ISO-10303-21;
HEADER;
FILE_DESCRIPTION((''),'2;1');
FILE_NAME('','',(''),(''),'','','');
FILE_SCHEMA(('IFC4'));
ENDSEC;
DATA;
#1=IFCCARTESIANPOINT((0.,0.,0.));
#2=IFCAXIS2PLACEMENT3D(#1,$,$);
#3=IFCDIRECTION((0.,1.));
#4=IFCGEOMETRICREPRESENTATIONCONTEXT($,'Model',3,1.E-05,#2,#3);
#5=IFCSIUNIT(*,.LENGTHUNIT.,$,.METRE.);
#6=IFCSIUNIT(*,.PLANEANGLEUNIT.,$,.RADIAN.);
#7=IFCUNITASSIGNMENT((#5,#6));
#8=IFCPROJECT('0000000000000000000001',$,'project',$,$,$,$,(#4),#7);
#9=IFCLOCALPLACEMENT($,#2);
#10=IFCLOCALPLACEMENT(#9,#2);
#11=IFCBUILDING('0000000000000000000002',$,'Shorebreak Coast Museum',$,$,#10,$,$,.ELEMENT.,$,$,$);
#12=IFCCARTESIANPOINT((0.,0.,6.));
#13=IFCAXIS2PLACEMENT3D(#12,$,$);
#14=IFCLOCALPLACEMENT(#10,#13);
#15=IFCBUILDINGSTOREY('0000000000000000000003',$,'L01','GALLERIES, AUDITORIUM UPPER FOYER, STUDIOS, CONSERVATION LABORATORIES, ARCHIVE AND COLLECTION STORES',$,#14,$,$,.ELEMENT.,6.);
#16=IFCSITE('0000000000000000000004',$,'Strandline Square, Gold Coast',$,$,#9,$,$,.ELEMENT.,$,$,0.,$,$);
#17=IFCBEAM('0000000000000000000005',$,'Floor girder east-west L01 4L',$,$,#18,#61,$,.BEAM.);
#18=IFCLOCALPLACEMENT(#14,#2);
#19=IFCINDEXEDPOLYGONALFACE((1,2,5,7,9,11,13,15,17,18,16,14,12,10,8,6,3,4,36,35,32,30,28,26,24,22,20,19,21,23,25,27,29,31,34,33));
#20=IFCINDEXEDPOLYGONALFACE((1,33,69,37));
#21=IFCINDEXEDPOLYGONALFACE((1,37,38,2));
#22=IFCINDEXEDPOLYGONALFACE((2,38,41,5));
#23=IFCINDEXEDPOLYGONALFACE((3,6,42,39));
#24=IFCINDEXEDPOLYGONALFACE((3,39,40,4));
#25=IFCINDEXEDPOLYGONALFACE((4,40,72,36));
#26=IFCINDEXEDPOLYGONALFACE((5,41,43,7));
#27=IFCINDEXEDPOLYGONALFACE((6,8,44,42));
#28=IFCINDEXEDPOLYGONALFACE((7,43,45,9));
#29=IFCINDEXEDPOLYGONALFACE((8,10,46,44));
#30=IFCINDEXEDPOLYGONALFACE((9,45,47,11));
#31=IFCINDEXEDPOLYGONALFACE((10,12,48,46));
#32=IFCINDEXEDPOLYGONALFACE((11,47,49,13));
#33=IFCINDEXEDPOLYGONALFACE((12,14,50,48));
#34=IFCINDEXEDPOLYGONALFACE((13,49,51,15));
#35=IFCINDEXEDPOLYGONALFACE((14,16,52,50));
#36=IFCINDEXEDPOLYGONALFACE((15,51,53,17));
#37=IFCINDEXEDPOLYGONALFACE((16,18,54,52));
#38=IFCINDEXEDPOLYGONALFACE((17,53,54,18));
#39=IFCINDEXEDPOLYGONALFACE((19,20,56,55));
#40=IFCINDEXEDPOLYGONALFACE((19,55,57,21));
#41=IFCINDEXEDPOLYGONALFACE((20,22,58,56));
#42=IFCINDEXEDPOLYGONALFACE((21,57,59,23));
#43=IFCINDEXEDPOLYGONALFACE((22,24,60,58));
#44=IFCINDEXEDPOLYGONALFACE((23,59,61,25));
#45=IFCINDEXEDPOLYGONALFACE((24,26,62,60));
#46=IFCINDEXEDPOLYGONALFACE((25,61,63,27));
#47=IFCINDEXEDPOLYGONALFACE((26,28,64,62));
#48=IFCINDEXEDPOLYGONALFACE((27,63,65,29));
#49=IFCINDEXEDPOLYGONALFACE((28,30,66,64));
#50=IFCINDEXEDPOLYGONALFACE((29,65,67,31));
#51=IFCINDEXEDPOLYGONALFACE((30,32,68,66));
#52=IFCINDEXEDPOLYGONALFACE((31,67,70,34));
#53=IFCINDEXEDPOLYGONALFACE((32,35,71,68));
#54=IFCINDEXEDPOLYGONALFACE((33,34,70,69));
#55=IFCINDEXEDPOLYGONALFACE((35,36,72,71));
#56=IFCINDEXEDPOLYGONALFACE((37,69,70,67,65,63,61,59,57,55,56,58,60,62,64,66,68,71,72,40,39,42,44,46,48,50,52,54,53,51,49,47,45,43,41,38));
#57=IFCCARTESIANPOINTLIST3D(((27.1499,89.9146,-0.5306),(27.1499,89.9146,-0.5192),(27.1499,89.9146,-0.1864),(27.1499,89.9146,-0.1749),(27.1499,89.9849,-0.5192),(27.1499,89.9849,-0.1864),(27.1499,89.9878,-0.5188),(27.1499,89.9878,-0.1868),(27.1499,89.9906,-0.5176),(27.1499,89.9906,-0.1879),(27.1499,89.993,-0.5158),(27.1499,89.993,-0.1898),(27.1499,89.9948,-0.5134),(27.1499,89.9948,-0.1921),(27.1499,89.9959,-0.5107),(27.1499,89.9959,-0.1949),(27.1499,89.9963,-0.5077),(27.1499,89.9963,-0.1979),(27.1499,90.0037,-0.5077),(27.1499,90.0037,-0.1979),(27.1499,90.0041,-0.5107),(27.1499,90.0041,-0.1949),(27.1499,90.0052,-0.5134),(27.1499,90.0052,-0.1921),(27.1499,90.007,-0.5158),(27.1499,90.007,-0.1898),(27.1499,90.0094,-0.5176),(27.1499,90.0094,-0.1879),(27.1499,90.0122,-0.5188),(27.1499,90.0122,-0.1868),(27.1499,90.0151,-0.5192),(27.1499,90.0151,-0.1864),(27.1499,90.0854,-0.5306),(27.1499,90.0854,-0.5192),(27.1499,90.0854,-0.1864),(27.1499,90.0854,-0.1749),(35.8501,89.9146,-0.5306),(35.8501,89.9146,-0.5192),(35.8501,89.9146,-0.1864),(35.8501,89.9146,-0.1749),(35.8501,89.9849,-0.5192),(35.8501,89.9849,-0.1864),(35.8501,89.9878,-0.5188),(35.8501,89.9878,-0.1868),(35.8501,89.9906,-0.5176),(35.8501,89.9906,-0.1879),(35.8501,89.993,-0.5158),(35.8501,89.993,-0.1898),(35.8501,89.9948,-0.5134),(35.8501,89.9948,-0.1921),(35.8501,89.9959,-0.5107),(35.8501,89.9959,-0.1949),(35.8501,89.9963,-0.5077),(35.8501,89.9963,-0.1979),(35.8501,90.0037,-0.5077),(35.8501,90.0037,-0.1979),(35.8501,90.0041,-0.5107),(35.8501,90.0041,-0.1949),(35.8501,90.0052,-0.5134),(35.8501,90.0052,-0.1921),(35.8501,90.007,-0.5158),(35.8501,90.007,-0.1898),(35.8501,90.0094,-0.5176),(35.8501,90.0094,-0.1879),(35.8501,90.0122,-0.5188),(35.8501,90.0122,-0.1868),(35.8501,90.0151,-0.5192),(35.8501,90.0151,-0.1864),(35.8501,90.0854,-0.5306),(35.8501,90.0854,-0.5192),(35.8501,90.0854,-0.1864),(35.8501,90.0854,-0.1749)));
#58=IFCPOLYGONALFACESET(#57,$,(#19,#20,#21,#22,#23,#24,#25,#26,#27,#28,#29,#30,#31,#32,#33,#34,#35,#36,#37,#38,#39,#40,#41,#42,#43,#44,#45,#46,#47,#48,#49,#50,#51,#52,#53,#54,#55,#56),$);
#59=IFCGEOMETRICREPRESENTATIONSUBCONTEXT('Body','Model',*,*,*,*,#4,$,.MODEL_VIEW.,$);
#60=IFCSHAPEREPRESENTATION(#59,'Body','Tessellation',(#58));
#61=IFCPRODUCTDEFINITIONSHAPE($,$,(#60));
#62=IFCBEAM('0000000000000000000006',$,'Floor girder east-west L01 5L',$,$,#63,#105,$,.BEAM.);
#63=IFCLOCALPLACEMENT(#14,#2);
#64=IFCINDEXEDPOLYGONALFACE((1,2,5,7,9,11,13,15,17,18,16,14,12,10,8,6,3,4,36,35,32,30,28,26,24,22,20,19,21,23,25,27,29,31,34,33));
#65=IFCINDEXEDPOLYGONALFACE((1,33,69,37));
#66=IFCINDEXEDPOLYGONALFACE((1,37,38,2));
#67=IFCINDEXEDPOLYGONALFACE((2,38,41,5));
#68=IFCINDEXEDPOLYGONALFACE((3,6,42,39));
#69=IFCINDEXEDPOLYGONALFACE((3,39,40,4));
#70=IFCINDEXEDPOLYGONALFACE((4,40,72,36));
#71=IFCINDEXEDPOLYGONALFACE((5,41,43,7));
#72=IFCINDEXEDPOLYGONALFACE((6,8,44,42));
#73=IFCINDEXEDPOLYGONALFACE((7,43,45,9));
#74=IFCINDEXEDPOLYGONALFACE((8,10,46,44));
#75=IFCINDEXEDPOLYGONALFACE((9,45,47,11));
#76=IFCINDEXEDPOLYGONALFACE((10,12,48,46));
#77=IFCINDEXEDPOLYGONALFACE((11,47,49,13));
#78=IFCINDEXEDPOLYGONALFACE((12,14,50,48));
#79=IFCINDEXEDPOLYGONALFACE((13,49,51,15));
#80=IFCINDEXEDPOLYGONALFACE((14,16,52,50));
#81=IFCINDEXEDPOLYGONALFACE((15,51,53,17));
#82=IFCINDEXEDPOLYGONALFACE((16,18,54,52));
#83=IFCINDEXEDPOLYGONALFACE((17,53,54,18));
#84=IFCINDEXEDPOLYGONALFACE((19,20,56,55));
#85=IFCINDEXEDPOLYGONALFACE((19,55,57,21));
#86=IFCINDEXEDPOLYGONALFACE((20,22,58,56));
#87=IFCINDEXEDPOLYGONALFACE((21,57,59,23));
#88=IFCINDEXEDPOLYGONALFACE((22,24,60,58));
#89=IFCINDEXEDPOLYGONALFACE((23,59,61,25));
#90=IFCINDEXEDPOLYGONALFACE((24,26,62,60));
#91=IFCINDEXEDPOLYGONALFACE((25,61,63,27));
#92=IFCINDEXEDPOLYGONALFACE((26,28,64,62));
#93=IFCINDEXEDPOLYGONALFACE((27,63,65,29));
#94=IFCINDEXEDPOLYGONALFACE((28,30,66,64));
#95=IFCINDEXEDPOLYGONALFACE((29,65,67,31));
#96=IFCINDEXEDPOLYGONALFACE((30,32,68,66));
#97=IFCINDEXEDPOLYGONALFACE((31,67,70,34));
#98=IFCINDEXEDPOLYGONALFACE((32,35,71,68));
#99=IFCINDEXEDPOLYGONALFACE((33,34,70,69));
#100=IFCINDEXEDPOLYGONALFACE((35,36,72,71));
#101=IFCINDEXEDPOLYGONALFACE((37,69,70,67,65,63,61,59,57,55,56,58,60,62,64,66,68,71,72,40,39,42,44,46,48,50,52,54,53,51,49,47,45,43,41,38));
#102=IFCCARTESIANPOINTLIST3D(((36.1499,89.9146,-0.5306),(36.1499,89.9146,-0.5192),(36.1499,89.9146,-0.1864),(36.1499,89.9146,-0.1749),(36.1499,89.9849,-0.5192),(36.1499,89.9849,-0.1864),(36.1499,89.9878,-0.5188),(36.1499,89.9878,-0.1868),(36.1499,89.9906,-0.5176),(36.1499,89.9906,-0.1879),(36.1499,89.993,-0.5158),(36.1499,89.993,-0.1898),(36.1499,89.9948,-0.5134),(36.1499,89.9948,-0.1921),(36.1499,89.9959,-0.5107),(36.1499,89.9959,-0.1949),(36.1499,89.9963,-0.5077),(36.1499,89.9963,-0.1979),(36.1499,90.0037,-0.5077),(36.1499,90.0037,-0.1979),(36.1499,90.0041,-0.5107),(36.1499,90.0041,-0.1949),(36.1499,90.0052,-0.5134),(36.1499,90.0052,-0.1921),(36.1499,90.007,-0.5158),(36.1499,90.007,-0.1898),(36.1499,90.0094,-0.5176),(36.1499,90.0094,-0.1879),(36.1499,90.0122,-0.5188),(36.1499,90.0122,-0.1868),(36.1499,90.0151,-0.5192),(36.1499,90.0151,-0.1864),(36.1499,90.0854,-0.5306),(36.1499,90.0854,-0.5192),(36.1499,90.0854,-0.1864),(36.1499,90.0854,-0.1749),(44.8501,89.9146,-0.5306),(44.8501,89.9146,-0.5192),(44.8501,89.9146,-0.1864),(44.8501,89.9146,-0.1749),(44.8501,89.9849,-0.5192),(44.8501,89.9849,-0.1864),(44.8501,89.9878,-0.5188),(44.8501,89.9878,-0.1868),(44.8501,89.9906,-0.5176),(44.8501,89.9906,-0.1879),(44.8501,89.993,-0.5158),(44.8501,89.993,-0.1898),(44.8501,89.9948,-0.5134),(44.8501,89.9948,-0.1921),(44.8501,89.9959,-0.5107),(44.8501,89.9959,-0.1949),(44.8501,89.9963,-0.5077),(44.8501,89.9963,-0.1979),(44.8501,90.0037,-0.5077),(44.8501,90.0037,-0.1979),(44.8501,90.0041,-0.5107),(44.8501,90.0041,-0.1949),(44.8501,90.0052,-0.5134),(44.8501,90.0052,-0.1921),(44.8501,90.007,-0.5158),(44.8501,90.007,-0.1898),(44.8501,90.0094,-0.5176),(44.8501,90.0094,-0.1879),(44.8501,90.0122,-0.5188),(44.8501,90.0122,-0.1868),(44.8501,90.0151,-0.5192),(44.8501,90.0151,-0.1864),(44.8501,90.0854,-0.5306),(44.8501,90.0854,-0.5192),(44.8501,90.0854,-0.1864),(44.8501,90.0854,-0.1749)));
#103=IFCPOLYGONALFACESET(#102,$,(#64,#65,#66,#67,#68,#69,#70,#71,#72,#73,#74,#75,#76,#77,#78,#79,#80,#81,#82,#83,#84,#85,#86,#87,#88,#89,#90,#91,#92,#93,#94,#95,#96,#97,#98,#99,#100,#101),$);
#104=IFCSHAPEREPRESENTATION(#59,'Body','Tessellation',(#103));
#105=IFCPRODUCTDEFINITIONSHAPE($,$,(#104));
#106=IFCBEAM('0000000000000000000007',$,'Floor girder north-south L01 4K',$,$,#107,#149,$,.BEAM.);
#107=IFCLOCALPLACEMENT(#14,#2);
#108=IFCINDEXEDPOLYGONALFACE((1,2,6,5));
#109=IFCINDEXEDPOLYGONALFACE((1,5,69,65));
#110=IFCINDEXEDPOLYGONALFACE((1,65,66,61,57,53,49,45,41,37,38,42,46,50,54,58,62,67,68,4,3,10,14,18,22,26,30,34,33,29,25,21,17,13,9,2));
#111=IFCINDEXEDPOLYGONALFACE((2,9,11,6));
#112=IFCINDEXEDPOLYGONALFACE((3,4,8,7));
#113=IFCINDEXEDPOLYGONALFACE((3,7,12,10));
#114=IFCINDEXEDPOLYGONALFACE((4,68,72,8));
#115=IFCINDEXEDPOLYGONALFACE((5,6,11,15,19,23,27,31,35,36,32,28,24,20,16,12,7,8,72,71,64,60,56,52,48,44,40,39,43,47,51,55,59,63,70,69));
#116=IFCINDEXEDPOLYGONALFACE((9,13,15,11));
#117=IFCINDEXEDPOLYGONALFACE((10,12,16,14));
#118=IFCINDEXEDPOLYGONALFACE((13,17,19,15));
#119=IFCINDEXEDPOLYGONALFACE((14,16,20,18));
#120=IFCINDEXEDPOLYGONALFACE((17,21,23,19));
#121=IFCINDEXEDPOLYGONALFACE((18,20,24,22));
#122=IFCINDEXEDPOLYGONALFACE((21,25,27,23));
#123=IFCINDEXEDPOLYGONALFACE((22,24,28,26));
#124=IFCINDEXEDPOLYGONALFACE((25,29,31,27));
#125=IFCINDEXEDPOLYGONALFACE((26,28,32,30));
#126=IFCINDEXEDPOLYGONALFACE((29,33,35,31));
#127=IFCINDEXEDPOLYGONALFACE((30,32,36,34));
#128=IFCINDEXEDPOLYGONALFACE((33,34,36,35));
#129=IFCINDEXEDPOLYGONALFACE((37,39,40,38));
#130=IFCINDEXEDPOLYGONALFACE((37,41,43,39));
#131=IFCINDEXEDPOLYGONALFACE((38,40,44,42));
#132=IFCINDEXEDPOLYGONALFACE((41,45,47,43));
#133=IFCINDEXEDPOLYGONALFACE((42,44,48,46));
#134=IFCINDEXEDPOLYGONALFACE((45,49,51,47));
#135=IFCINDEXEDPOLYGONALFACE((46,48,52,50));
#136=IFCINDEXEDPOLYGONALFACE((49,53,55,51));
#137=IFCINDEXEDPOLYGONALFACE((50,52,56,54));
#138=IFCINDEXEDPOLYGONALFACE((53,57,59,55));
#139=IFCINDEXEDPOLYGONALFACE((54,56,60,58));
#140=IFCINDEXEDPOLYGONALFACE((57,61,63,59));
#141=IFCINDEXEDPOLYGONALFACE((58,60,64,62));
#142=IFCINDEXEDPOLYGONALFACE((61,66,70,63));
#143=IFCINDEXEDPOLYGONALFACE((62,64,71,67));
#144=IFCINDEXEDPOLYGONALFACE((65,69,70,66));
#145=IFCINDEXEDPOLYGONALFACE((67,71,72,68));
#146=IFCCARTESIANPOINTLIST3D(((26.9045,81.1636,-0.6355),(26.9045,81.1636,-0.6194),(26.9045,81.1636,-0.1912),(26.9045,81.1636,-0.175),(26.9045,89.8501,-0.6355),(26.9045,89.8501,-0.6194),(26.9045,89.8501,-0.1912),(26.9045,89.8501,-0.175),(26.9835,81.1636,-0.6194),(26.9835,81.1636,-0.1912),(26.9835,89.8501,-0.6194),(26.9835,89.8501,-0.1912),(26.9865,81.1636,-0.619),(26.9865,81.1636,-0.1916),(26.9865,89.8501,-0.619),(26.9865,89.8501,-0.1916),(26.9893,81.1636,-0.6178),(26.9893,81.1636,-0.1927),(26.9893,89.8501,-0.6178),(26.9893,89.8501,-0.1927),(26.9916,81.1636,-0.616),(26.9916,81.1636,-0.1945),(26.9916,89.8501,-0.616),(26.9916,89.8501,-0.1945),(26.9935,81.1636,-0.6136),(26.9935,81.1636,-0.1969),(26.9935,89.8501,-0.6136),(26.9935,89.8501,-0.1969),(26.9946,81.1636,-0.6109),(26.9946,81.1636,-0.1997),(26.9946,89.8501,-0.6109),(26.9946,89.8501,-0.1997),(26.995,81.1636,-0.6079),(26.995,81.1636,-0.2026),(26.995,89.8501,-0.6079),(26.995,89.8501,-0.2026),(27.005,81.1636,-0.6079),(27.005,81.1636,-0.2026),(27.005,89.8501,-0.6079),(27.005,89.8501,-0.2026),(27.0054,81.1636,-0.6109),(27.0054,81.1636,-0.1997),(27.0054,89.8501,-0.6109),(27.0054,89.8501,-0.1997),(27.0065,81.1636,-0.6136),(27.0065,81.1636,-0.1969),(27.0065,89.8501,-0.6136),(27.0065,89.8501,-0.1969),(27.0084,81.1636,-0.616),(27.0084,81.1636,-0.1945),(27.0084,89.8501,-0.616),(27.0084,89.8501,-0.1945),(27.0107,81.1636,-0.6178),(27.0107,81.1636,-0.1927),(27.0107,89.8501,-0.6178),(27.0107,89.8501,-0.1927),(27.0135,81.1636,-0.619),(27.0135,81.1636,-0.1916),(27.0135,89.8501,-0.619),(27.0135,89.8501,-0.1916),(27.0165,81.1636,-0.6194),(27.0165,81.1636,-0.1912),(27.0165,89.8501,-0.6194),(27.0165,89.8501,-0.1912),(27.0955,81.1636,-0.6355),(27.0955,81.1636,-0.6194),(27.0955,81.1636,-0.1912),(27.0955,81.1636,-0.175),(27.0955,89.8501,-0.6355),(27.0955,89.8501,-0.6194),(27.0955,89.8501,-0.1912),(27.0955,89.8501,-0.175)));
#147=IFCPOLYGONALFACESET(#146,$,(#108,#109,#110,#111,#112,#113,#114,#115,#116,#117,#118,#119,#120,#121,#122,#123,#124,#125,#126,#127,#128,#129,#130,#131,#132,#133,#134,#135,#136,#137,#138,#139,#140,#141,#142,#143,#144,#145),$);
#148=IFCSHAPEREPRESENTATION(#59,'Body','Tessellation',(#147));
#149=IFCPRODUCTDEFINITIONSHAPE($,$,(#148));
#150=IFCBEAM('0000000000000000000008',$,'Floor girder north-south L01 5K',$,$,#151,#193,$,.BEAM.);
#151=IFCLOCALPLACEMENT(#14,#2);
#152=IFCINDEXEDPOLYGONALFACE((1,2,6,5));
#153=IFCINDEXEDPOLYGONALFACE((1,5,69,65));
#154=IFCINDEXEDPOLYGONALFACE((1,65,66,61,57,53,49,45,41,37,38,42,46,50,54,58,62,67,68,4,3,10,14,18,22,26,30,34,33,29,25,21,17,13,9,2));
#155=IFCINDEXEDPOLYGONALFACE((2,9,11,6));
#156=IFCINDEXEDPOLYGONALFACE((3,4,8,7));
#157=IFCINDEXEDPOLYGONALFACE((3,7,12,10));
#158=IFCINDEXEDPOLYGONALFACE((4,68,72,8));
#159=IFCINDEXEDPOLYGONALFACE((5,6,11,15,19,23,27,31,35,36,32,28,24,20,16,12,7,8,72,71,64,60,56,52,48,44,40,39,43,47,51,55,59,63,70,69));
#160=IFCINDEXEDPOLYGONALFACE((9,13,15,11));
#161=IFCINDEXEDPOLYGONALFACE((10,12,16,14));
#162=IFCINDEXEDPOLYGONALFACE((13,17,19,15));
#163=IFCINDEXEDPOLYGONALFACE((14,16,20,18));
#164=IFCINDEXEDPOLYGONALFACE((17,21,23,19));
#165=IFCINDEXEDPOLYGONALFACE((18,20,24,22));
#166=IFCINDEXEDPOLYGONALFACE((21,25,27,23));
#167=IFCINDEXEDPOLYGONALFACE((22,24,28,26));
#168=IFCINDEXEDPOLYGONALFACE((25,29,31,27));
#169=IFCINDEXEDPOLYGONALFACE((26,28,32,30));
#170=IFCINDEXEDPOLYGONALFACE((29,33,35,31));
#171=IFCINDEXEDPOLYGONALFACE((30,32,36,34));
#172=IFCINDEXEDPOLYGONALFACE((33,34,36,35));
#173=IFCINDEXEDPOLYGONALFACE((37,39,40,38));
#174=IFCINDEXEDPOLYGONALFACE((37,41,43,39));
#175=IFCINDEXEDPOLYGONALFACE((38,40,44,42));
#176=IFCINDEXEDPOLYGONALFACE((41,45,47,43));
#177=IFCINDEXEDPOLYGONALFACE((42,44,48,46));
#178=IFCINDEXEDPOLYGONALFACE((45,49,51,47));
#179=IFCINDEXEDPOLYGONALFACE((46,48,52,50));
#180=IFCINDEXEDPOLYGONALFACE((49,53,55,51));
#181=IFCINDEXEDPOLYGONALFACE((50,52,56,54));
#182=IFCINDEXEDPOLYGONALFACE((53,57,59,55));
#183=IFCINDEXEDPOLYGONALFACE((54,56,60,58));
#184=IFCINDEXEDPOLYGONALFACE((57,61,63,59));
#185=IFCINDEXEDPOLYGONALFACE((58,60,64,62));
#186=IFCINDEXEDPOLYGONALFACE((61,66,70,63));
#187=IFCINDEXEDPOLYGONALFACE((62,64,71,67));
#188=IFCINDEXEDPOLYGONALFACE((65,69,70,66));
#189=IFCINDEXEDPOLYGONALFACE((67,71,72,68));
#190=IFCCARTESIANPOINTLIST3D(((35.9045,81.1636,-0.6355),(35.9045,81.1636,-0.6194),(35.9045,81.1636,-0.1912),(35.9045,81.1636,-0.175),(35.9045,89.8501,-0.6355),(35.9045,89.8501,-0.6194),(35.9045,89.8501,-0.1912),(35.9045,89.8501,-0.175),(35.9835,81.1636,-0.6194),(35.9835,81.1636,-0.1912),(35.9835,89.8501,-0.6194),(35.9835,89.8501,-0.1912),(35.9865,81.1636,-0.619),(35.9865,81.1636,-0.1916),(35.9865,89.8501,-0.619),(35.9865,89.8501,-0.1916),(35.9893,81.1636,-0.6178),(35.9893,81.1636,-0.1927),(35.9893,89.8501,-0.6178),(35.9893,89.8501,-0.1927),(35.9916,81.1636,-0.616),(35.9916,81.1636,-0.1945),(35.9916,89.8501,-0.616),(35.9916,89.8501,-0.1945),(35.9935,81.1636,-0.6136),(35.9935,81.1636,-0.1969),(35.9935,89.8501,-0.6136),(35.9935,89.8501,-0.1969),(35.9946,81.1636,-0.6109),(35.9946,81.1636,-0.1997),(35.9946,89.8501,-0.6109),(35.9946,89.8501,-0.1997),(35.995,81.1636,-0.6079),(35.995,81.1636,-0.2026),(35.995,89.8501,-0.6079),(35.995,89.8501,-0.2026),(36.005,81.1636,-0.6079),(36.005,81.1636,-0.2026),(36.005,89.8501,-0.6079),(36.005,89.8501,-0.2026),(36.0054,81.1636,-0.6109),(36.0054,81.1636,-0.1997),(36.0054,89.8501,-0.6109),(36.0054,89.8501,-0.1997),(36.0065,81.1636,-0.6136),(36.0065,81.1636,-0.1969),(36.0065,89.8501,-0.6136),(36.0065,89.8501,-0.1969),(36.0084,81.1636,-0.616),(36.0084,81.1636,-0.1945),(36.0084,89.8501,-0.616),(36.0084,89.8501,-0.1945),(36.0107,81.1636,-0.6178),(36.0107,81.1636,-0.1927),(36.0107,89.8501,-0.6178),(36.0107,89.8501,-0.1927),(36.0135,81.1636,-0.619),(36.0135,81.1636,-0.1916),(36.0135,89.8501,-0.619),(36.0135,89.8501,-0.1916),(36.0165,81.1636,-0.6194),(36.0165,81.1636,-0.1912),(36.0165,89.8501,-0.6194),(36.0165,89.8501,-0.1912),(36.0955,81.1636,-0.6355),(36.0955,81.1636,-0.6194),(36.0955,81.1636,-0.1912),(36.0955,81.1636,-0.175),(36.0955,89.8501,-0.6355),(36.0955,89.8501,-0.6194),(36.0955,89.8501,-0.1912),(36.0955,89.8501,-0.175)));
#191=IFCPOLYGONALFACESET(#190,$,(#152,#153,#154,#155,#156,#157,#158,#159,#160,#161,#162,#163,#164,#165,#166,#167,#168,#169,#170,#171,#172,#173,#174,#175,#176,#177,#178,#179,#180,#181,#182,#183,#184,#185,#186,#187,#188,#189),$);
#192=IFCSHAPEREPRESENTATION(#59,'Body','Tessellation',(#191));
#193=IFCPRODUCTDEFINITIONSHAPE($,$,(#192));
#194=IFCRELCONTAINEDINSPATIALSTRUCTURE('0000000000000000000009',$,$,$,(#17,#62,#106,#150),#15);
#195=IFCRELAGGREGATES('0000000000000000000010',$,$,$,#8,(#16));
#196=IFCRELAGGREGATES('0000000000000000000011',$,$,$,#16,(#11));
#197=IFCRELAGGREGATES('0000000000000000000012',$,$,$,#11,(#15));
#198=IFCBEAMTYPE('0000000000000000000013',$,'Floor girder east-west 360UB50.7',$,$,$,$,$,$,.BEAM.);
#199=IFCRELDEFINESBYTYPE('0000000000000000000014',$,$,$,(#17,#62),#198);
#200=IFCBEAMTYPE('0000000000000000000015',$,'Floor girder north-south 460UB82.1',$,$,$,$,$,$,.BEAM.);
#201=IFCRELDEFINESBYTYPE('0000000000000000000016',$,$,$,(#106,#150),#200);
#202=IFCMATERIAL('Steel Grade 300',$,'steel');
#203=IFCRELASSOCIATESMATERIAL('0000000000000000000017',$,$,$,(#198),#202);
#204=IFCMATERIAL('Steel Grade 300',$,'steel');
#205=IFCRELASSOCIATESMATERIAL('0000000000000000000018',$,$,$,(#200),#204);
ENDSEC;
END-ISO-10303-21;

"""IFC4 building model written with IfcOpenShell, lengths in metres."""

from ifc_helpers import new_model, si_unit, direction, frame, origin, origin_2d, place, context, subcontext, project, spatial, i_section, extrude, material, material_profile, profile_set, type_object, element, save


model = new_model("IFC4")

# Units and contexts
model_context = context("Model", 3, precision=1e-05, world=origin(), true_north=direction((0.0, 1.0)))
body_context = subcontext(model_context, "Body", "Model", "MODEL_VIEW")
ifc_project = project(units=[si_unit("LENGTHUNIT", "METRE"), si_unit("PLANEANGLEUNIT", "RADIAN")], contexts=[model_context])

# Site, building, storey
site_placement = place(None, origin())
site = spatial("IfcSite", under=ifc_project, at=site_placement, Name="Strandline Square, Gold Coast", CompositionType="ELEMENT", RefElevation=0.0)
building_placement = place(site_placement, origin())
building = spatial("IfcBuilding", under=site, at=building_placement, Name="Shorebreak Coast Museum", CompositionType="ELEMENT")
storey_placement = place(building_placement, frame((0.0, 0.0, 6.0)))
storey = spatial("IfcBuildingStorey", under=building, at=storey_placement, Name="L01", Description="GALLERIES, AUDITORIUM UPPER FOYER, STUDIOS, CONSERVATION LABORATORIES, ARCHIVE AND COLLECTION STORES", CompositionType="ELEMENT", Elevation=6.0)

# Beams
ifc_material_1 = material(Name="Steel Grade 300", Category="steel")
ifc_material_profile_1 = material_profile(ifc_material_1, i_section(OverallWidth=0.1709, OverallDepth=0.3557, WebThickness=0.0073, FlangeThickness=0.0115, FilletRadius=0.0115, at=origin_2d()), Name="360UB50.7")
ifc_profile_set_1 = profile_set([ifc_material_profile_1], Name="Steel Grade 300")
beam_type_1 = type_object("IfcBeamType", Name="Floor girder east-west 360UB50.7", PredefinedType="BEAM", material=ifc_profile_set_1)
for number, where, z_axis, x_axis, name in (
    (1, (27.1499, 90.0, -0.3528), (1.0, 0.0, 0.0), (0.0, 1.0, 0.0), "Floor girder east-west L01 4L"),
    (2, (36.1499, 90.0, -0.3528), (1.0, 0.0, 0.0), (0.0, 1.0, 0.0), "Floor girder east-west L01 5L"),
):
    element("IfcBeam", number, at=place(storey_placement, frame(where, z_axis=z_axis, x_axis=x_axis)), inside=storey, type_object=beam_type_1, Name=name, PredefinedType="BEAM", context=body_context, shape_type="SweptSolid", body=[
        extrude(i_section(OverallWidth=0.1709, OverallDepth=0.3557, WebThickness=0.0073, FlangeThickness=0.0115, FilletRadius=0.0115, at=origin_2d()), origin(), (0.0, 0.0, 1.0), 8.7002),
    ])
ifc_material_2 = material(Name="Steel Grade 300", Category="steel")
ifc_material_profile_2 = material_profile(ifc_material_2, i_section(OverallWidth=0.1909, OverallDepth=0.4604, WebThickness=0.01, FlangeThickness=0.0161, FilletRadius=0.0115, at=origin_2d()), Name="460UB82.1")
ifc_profile_set_2 = profile_set([ifc_material_profile_2], Name="Steel Grade 300")
beam_type_2 = type_object("IfcBeamType", Name="Floor girder north-south 460UB82.1", PredefinedType="BEAM", material=ifc_profile_set_2)
for number, where, z_axis, x_axis, name in (
    (3, (27.0, 81.1636, -0.4053), (0.0, 1.0, 0.0), (-1.0, 0.0, 0.0), "Floor girder north-south L01 4K"),
    (4, (36.0, 81.1636, -0.4053), (0.0, 1.0, 0.0), (-1.0, 0.0, 0.0), "Floor girder north-south L01 5K"),
):
    element("IfcBeam", number, at=place(storey_placement, frame(where, z_axis=z_axis, x_axis=x_axis)), inside=storey, type_object=beam_type_2, Name=name, PredefinedType="BEAM", context=body_context, shape_type="SweptSolid", body=[
        extrude(i_section(OverallWidth=0.1909, OverallDepth=0.4604, WebThickness=0.01, FlangeThickness=0.0161, FilletRadius=0.0115, at=origin_2d()), origin(), (0.0, 0.0, 1.0), 8.6865),
    ])

save(model, "model.ifc")
